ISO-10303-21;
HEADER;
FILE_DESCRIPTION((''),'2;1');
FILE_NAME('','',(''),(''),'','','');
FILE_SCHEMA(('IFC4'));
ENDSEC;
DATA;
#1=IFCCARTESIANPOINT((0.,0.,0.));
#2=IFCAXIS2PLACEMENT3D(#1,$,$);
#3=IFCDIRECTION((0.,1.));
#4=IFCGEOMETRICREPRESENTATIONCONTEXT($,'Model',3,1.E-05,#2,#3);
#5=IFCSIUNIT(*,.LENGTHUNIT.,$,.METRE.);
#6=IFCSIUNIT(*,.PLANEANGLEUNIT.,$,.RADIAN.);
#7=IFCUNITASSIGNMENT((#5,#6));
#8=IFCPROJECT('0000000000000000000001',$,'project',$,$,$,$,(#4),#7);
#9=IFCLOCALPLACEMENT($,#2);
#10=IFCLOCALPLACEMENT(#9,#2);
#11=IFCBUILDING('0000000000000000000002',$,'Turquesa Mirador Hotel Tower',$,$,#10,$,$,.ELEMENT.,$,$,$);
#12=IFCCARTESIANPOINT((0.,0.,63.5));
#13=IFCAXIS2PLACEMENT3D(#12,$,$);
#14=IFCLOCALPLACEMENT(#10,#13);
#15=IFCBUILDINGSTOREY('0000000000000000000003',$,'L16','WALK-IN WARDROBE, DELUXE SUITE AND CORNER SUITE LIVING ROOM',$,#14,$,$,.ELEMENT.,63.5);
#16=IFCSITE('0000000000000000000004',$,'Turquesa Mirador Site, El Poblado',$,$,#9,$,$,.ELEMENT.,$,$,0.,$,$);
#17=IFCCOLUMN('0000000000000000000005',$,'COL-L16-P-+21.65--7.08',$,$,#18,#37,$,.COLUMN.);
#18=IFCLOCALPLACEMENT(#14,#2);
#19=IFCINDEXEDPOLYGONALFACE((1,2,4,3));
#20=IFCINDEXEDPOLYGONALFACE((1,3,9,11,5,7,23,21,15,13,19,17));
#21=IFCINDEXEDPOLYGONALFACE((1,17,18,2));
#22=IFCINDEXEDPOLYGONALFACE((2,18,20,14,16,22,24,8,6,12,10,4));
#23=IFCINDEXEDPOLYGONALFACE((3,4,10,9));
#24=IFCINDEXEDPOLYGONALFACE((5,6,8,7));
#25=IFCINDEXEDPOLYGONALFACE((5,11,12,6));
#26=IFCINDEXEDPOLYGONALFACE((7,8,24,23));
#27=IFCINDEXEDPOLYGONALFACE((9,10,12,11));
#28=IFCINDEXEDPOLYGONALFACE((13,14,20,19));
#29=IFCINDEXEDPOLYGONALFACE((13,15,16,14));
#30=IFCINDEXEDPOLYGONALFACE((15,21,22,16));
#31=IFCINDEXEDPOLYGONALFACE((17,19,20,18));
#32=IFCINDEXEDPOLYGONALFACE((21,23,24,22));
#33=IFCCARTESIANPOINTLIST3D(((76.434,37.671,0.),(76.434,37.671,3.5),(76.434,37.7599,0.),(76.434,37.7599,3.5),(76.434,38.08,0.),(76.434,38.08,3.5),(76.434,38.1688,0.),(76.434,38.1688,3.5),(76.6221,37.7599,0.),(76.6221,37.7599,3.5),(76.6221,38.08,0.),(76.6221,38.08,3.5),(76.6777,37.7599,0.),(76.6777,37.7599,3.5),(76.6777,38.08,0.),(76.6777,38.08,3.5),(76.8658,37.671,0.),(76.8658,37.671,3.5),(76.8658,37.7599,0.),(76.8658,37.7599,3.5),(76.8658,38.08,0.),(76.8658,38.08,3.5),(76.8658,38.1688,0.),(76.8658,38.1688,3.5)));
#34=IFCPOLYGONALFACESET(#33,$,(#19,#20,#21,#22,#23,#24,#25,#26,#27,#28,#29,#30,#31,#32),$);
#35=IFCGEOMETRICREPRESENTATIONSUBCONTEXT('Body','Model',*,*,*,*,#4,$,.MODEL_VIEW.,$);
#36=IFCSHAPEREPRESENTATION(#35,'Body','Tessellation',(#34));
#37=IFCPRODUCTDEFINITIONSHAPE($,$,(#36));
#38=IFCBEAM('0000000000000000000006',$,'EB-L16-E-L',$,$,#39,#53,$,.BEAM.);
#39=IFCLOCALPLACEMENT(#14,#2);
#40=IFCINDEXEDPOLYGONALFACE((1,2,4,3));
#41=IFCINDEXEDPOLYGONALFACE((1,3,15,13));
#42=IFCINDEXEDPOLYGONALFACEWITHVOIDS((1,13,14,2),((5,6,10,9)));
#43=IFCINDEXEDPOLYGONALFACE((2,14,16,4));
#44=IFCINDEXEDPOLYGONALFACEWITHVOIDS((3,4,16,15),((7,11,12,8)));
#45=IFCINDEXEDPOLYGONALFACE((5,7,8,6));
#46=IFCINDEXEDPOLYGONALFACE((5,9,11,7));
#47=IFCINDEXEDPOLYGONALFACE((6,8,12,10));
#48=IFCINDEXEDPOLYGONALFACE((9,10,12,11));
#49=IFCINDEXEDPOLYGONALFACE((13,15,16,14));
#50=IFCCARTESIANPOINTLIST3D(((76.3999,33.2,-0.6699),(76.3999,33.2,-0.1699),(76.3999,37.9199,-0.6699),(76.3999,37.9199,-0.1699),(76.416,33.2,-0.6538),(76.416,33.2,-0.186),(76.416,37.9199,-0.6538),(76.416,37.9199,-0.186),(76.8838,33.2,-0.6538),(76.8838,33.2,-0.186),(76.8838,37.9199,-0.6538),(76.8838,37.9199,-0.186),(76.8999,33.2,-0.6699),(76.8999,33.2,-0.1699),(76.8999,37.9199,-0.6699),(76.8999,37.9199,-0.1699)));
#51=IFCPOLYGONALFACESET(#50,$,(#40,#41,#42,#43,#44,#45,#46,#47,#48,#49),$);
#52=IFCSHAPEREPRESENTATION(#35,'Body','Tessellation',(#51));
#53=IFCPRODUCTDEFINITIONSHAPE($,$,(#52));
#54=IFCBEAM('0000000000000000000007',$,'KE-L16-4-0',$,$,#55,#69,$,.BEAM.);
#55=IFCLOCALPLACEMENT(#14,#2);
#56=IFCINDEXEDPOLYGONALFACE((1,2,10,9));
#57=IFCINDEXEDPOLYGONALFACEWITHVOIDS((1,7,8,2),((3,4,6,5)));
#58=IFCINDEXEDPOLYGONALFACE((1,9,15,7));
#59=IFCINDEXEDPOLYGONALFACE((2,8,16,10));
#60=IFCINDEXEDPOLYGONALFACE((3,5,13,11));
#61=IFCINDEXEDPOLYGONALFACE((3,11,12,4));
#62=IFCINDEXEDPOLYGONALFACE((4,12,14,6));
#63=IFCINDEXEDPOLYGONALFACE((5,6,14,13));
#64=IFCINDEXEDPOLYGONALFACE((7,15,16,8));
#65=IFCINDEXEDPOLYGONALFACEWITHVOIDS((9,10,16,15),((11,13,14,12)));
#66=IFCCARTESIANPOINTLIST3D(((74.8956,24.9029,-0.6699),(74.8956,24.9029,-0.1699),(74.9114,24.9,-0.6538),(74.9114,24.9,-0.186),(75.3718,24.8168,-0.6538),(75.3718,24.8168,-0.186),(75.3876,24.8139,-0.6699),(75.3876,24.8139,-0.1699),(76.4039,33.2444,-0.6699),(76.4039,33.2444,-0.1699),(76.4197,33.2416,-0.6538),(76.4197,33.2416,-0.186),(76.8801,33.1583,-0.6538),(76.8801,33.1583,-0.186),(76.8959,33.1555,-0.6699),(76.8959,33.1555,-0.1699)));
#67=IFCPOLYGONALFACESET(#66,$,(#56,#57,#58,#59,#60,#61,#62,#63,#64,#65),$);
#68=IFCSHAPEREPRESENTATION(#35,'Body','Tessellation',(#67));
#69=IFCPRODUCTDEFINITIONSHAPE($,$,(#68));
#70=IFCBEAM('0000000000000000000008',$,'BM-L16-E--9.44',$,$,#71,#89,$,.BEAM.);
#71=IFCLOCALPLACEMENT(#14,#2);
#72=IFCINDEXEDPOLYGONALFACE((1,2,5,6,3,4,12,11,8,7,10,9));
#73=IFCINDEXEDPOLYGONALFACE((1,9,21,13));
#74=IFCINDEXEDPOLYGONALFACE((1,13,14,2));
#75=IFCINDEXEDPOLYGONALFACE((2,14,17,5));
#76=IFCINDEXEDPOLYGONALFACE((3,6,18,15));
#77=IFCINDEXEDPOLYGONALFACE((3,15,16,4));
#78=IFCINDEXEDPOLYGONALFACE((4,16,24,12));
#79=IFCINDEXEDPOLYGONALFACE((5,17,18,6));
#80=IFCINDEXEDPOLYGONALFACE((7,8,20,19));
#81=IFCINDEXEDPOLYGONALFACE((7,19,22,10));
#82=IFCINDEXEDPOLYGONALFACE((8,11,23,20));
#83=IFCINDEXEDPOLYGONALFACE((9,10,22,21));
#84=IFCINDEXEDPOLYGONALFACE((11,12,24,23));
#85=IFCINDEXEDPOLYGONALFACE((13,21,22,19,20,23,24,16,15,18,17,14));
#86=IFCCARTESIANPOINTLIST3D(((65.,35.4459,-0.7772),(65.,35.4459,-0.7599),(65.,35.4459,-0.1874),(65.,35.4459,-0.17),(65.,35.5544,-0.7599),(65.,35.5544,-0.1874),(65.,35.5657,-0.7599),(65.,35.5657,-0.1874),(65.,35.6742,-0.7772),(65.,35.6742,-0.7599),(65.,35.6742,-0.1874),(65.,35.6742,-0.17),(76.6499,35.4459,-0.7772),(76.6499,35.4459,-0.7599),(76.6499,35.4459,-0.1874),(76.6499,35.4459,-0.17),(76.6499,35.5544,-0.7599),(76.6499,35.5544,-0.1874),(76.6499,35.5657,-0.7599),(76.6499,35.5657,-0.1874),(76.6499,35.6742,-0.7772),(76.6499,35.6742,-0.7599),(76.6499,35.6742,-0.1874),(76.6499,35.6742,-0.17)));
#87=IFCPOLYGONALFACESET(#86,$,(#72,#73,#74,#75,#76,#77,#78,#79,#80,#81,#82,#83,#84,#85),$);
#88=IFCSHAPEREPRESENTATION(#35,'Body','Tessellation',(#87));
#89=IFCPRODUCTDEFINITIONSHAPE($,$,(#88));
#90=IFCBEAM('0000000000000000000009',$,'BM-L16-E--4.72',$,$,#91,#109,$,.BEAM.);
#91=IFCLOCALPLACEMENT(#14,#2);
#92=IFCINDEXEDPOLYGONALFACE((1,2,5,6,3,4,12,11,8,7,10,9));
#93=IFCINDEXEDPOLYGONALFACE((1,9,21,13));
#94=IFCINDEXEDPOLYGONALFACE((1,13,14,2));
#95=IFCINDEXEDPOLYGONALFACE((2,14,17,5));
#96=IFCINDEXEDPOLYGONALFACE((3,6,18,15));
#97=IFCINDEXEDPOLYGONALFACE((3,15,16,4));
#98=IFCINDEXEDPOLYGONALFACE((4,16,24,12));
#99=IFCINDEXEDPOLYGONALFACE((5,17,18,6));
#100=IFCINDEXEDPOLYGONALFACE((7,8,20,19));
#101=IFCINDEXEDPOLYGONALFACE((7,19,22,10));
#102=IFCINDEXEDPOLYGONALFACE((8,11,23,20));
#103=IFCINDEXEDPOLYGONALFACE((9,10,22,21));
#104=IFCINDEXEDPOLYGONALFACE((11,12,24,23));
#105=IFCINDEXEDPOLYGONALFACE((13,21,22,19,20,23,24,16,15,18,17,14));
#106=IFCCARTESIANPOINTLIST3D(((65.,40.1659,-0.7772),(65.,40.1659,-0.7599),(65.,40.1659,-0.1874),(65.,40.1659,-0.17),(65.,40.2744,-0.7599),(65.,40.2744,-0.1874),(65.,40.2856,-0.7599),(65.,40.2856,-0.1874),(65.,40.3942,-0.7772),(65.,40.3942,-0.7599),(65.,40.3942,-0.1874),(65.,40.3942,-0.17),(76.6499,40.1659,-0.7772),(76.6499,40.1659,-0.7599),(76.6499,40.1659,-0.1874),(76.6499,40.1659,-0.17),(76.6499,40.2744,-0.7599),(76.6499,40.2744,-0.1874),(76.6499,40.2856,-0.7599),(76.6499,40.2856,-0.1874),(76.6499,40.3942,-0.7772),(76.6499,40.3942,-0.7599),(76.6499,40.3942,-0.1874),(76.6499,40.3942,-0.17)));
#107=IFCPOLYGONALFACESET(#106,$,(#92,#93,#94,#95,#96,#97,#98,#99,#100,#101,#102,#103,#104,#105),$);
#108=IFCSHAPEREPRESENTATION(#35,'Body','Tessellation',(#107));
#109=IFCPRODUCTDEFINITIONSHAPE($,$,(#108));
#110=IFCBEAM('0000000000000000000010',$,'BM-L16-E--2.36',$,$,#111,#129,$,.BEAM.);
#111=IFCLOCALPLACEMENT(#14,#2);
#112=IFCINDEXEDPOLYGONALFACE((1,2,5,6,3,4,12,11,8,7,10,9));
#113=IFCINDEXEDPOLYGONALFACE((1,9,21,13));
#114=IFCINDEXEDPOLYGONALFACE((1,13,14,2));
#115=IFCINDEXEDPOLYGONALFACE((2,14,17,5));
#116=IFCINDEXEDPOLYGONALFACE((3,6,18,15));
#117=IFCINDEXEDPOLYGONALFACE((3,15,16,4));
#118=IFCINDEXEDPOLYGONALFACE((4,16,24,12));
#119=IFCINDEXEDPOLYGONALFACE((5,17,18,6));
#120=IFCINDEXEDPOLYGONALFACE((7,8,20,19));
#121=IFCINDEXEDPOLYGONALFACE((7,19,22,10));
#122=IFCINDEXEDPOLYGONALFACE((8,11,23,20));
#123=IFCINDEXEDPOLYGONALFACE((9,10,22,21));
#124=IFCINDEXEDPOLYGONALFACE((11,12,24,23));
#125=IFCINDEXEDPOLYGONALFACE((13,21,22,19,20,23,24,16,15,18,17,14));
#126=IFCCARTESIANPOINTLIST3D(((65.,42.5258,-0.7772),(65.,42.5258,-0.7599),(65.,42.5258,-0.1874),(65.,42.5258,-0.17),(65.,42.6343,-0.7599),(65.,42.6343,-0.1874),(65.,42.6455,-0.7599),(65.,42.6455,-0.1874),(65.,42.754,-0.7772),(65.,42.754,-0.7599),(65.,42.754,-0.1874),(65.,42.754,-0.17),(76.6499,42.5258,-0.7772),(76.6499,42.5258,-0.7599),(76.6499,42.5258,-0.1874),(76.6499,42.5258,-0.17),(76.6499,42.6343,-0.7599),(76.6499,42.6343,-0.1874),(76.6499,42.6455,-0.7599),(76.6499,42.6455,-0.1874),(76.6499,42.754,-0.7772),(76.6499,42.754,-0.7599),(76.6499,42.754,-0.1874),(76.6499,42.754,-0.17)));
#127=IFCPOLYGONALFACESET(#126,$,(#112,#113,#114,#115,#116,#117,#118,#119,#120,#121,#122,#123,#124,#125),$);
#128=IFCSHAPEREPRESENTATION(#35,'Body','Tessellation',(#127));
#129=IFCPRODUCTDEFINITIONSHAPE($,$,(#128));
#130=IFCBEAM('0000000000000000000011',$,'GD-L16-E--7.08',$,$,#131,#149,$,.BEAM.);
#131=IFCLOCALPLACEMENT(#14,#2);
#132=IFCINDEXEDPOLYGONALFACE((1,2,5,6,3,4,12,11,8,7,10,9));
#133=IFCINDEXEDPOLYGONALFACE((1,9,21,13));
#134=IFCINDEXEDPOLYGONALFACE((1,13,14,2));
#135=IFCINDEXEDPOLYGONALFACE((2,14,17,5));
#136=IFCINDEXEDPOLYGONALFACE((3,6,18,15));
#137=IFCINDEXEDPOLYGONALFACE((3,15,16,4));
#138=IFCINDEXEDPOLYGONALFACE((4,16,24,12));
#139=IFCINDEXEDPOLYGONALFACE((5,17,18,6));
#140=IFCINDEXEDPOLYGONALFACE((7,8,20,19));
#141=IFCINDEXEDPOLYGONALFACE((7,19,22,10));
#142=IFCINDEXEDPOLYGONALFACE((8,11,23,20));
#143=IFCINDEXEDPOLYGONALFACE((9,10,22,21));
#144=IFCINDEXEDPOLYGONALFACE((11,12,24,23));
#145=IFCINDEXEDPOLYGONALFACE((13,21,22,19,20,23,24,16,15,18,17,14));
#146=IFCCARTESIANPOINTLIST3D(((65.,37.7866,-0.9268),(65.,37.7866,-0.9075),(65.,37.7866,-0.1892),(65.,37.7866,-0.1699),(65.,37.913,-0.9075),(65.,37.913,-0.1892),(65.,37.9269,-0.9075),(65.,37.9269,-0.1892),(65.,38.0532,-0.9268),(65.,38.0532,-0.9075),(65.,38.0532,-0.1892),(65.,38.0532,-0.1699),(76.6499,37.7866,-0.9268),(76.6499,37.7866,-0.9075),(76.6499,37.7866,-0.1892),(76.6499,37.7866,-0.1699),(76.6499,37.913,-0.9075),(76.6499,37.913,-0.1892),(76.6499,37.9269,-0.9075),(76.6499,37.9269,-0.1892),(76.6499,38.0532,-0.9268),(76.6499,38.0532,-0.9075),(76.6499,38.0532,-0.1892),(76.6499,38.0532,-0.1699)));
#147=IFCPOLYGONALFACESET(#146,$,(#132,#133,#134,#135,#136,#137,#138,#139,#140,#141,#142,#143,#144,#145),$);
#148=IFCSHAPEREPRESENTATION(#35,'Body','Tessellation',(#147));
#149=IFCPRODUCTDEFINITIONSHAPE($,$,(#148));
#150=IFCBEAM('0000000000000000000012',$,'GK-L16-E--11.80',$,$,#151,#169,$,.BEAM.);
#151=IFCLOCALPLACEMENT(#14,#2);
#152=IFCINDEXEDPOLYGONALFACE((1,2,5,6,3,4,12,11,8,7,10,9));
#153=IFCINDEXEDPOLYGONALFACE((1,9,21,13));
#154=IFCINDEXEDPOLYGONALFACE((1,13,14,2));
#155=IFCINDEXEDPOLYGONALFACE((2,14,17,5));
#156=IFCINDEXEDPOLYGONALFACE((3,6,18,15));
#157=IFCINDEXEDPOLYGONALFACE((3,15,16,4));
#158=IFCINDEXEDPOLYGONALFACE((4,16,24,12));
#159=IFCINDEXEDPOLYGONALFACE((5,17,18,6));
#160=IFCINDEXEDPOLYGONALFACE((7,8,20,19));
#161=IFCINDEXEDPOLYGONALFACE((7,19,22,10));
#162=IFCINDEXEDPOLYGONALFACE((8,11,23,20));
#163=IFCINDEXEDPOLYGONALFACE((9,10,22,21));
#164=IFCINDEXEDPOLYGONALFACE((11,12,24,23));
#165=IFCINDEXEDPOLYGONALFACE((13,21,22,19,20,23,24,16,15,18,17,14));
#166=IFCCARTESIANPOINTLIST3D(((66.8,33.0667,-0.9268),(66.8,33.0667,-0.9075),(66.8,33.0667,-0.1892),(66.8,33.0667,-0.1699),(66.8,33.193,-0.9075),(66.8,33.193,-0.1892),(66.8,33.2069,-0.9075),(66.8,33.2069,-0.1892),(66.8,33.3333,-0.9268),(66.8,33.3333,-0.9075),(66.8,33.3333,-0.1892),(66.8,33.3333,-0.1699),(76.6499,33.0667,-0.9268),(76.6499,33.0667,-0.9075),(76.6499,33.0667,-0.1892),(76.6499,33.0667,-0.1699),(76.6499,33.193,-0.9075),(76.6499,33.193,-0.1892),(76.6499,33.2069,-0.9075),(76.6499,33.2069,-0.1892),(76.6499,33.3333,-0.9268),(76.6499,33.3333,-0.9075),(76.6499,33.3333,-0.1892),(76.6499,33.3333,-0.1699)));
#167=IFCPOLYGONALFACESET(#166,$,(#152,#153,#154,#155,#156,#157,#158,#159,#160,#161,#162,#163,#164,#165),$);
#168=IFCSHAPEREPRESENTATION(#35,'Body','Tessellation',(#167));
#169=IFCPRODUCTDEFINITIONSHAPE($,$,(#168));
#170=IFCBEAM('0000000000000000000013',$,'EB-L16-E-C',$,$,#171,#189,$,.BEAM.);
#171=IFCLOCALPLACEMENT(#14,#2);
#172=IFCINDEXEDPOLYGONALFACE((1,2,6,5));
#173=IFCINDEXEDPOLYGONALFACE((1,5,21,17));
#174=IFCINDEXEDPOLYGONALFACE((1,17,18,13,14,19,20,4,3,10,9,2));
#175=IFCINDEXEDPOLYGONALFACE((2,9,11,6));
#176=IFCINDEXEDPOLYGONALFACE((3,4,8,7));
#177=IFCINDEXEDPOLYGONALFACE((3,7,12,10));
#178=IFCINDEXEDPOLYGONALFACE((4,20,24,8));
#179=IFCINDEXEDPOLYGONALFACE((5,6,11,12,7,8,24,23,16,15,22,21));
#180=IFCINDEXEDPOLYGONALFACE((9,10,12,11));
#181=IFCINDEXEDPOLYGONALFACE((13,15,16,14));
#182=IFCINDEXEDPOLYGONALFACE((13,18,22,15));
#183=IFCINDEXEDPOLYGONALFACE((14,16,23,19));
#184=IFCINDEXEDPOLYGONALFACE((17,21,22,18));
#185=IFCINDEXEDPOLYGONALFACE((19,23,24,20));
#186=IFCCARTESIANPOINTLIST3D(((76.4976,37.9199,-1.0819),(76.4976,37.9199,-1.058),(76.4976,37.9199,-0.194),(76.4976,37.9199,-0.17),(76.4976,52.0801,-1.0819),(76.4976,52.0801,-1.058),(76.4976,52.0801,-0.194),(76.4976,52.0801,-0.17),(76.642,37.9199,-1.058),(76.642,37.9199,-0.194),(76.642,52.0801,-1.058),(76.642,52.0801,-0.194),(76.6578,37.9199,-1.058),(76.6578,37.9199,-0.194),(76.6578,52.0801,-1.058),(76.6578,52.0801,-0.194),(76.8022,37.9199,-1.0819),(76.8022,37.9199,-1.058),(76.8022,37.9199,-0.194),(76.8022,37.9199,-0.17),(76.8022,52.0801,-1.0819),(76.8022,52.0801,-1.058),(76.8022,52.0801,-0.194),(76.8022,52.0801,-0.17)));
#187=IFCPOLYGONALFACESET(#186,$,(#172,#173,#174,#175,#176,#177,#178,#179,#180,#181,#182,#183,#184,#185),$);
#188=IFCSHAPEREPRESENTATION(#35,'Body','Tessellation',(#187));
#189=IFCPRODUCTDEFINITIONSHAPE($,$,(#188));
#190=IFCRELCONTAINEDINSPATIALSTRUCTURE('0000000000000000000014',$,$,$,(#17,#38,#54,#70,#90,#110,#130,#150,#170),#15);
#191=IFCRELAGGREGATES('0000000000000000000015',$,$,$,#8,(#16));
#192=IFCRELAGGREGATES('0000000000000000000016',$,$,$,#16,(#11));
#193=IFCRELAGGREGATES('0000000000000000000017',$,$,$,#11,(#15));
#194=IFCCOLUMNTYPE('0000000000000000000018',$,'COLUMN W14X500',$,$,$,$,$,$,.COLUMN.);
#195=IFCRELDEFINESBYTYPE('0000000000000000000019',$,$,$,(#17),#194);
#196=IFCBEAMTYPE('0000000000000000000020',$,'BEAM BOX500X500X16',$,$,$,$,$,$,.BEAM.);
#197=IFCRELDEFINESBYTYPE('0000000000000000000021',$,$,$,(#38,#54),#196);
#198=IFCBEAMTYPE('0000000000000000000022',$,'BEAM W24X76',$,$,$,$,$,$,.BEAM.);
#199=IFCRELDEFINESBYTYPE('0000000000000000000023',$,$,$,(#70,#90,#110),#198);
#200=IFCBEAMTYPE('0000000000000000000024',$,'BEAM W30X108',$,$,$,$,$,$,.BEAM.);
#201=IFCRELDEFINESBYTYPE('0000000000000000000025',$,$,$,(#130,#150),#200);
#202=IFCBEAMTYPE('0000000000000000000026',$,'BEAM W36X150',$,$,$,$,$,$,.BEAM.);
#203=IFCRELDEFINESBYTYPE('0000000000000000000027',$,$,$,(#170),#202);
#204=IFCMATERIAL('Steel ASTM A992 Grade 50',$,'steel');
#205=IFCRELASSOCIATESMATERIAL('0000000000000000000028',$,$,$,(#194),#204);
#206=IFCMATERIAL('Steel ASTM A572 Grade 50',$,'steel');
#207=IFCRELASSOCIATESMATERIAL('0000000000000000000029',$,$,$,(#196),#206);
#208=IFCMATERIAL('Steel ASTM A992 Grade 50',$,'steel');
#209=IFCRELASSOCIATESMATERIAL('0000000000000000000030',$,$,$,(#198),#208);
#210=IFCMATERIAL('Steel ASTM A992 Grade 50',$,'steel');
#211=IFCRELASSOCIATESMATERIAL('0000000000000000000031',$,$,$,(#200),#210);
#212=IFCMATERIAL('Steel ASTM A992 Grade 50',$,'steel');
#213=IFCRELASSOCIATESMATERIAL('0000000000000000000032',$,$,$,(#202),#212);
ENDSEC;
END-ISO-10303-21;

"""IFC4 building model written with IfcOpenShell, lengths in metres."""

from ifc_helpers import new_model, si_unit, direction, frame, origin, origin_2d, place, context, subcontext, project, spatial, hollow_rectangle, i_section, extrude, material, material_profile, profile_set, type_object, element, save


model = new_model("IFC4")

# Units and contexts
model_context = context("Model", 3, precision=1e-05, world=origin(), true_north=direction((0.0, 1.0)))
body_context = subcontext(model_context, "Body", "Model", "MODEL_VIEW")
ifc_project = project(units=[si_unit("LENGTHUNIT", "METRE"), si_unit("PLANEANGLEUNIT", "RADIAN")], contexts=[model_context])

# Site, building, storey
site_placement = place(None, origin())
site = spatial("IfcSite", under=ifc_project, at=site_placement, Name="Turquesa Mirador Site, El Poblado", CompositionType="ELEMENT", RefElevation=0.0)
building_placement = place(site_placement, origin())
building = spatial("IfcBuilding", under=site, at=building_placement, Name="Turquesa Mirador Hotel Tower", CompositionType="ELEMENT")
storey_placement = place(building_placement, frame((0.0, 0.0, 63.5)))
storey = spatial("IfcBuildingStorey", under=building, at=storey_placement, Name="L16", Description="WALK-IN WARDROBE, DELUXE SUITE AND CORNER SUITE LIVING ROOM", CompositionType="ELEMENT", Elevation=63.5)

# Column
ifc_material_1 = material(Name="Steel ASTM A992 Grade 50", Category="steel")
ifc_material_profile_1 = material_profile(ifc_material_1, i_section(OverallWidth=0.4319, OverallDepth=0.4978, WebThickness=0.0557, FlangeThickness=0.0889, at=origin_2d()), Name="W14X500")
ifc_profile_set_1 = profile_set([ifc_material_profile_1], Name="Steel ASTM A992 Grade 50")
column_type = type_object("IfcColumnType", Name="COLUMN W14X500", PredefinedType="COLUMN", material=ifc_profile_set_1)
column_placement = place(storey_placement, frame((76.6499, 37.9199, 0.0), z_axis=(0.0, 0.0, 1.0), x_axis=(1.0, 0.0, 0.0)))
element("IfcColumn", 1, at=column_placement, inside=storey, type_object=column_type, Name="COL-L16-P-+21.65--7.08", PredefinedType="COLUMN", context=body_context, shape_type="SweptSolid", body=[
    extrude(i_section(OverallWidth=0.4319, OverallDepth=0.4978, WebThickness=0.0557, FlangeThickness=0.0889, at=origin_2d()), origin(), (0.0, 0.0, 1.0), 3.5),
])

# Beams
ifc_material_2 = material(Name="Steel ASTM A572 Grade 50", Category="steel")
ifc_material_profile_2 = material_profile(ifc_material_2, hollow_rectangle(XDim=0.5, YDim=0.5, WallThickness=0.0161, at=origin_2d()), Name="BOX500X500X16")
ifc_profile_set_2 = profile_set([ifc_material_profile_2], Name="Steel ASTM A572 Grade 50")
beam_type_1 = type_object("IfcBeamType", Name="BEAM BOX500X500X16", PredefinedType="BEAM", material=ifc_profile_set_2)
beam_1_placement = place(storey_placement, frame((76.6499, 33.2, -0.4199), z_axis=(0.0, 1.0, 0.0), x_axis=(-1.0, 0.0, 0.0)))
element("IfcBeam", 2, at=beam_1_placement, inside=storey, type_object=beam_type_1, Name="EB-L16-E-L", PredefinedType="BEAM", context=body_context, shape_type="SweptSolid", body=[
    extrude(hollow_rectangle(XDim=0.5, YDim=0.5, WallThickness=0.0161, at=origin_2d()), origin(), (0.0, 0.0, 1.0), 4.72),
])
beam_2_placement = place(storey_placement, frame((76.6499, 33.2, -0.4199), z_axis=(-0.177932, -0.984043, 0.0), x_axis=(0.984043, -0.177932, 0.0)))
element("IfcBeam", 3, at=beam_2_placement, inside=storey, type_object=beam_type_1, Name="KE-L16-4-0", PredefinedType="BEAM", context=body_context, shape_type="SweptSolid", body=[
    extrude(hollow_rectangle(XDim=0.5, YDim=0.5, WallThickness=0.0161, at=origin_2d()), origin(), (0.0, 0.0, 1.0), 8.4768),
])
ifc_material_3 = material(Name="Steel ASTM A992 Grade 50", Category="steel")
ifc_material_profile_3 = material_profile(ifc_material_3, i_section(OverallWidth=0.2283, OverallDepth=0.6072, WebThickness=0.0112, FlangeThickness=0.0173, at=origin_2d()), Name="W24X76")
ifc_profile_set_3 = profile_set([ifc_material_profile_3], Name="Steel ASTM A992 Grade 50")
beam_type_2 = type_object("IfcBeamType", Name="BEAM W24X76", PredefinedType="BEAM", material=ifc_profile_set_3)
for number, where, z_axis, x_axis, name in (
    (4, (76.6499, 35.5601, -0.4736), (-1.0, 0.0, 0.0), (0.0, -1.0, 0.0), "BM-L16-E--9.44"),
    (5, (76.6499, 40.28, -0.4736), (-1.0, 0.0, 0.0), (0.0, -1.0, 0.0), "BM-L16-E--4.72"),
    (6, (76.6499, 42.6399, -0.4736), (-1.0, 0.0, 0.0), (0.0, -1.0, 0.0), "BM-L16-E--2.36"),
):
    element("IfcBeam", number, at=place(storey_placement, frame(where, z_axis=z_axis, x_axis=x_axis)), inside=storey, type_object=beam_type_2, Name=name, PredefinedType="BEAM", context=body_context, shape_type="SweptSolid", body=[
        extrude(i_section(OverallWidth=0.2283, OverallDepth=0.6072, WebThickness=0.0112, FlangeThickness=0.0173, at=origin_2d()), origin(), (0.0, 0.0, 1.0), 11.6499),
    ])
ifc_material_4 = material(Name="Steel ASTM A992 Grade 50", Category="steel")
ifc_material_profile_4 = material_profile(ifc_material_4, i_section(OverallWidth=0.2666, OverallDepth=0.7568, WebThickness=0.0139, FlangeThickness=0.0193, at=origin_2d()), Name="W30X108")
ifc_profile_set_4 = profile_set([ifc_material_profile_4], Name="Steel ASTM A992 Grade 50")
beam_type_3 = type_object("IfcBeamType", Name="BEAM W30X108", PredefinedType="BEAM", material=ifc_profile_set_4)
beam_3_placement = place(storey_placement, frame((76.6499, 37.9199, -0.5483), z_axis=(-1.0, 0.0, 0.0), x_axis=(0.0, -1.0, 0.0)))
element("IfcBeam", 7, at=beam_3_placement, inside=storey, type_object=beam_type_3, Name="GD-L16-E--7.08", PredefinedType="BEAM", context=body_context, shape_type="SweptSolid", body=[
    extrude(i_section(OverallWidth=0.2666, OverallDepth=0.7568, WebThickness=0.0139, FlangeThickness=0.0193, at=origin_2d()), origin(), (0.0, 0.0, 1.0), 11.6499),
])
beam_4_placement = place(storey_placement, frame((76.6499, 33.2, -0.5483), z_axis=(-1.0, 0.0, 0.0), x_axis=(0.0, -1.0, 0.0)))
element("IfcBeam", 8, at=beam_4_placement, inside=storey, type_object=beam_type_3, Name="GK-L16-E--11.80", PredefinedType="BEAM", context=body_context, shape_type="SweptSolid", body=[
    extrude(i_section(OverallWidth=0.2666, OverallDepth=0.7568, WebThickness=0.0139, FlangeThickness=0.0193, at=origin_2d()), origin(), (0.0, 0.0, 1.0), 9.8499),
])
ifc_material_5 = material(Name="Steel ASTM A992 Grade 50", Category="steel")
ifc_material_profile_5 = material_profile(ifc_material_5, i_section(OverallWidth=0.3047, OverallDepth=0.9119, WebThickness=0.0159, FlangeThickness=0.0239, at=origin_2d()), Name="W36X150")
ifc_profile_set_5 = profile_set([ifc_material_profile_5], Name="Steel ASTM A992 Grade 50")
beam_type_4 = type_object("IfcBeamType", Name="BEAM W36X150", PredefinedType="BEAM", material=ifc_profile_set_5)
beam_5_placement = place(storey_placement, frame((76.6499, 37.9199, -0.626), z_axis=(0.0, 1.0, 0.0), x_axis=(-1.0, 0.0, 0.0)))
element("IfcBeam", 9, at=beam_5_placement, inside=storey, type_object=beam_type_4, Name="EB-L16-E-C", PredefinedType="BEAM", context=body_context, shape_type="SweptSolid", body=[
    extrude(i_section(OverallWidth=0.3047, OverallDepth=0.9119, WebThickness=0.0159, FlangeThickness=0.0239, at=origin_2d()), origin(), (0.0, 0.0, 1.0), 14.1602),
])

save(model, "model.ifc")
